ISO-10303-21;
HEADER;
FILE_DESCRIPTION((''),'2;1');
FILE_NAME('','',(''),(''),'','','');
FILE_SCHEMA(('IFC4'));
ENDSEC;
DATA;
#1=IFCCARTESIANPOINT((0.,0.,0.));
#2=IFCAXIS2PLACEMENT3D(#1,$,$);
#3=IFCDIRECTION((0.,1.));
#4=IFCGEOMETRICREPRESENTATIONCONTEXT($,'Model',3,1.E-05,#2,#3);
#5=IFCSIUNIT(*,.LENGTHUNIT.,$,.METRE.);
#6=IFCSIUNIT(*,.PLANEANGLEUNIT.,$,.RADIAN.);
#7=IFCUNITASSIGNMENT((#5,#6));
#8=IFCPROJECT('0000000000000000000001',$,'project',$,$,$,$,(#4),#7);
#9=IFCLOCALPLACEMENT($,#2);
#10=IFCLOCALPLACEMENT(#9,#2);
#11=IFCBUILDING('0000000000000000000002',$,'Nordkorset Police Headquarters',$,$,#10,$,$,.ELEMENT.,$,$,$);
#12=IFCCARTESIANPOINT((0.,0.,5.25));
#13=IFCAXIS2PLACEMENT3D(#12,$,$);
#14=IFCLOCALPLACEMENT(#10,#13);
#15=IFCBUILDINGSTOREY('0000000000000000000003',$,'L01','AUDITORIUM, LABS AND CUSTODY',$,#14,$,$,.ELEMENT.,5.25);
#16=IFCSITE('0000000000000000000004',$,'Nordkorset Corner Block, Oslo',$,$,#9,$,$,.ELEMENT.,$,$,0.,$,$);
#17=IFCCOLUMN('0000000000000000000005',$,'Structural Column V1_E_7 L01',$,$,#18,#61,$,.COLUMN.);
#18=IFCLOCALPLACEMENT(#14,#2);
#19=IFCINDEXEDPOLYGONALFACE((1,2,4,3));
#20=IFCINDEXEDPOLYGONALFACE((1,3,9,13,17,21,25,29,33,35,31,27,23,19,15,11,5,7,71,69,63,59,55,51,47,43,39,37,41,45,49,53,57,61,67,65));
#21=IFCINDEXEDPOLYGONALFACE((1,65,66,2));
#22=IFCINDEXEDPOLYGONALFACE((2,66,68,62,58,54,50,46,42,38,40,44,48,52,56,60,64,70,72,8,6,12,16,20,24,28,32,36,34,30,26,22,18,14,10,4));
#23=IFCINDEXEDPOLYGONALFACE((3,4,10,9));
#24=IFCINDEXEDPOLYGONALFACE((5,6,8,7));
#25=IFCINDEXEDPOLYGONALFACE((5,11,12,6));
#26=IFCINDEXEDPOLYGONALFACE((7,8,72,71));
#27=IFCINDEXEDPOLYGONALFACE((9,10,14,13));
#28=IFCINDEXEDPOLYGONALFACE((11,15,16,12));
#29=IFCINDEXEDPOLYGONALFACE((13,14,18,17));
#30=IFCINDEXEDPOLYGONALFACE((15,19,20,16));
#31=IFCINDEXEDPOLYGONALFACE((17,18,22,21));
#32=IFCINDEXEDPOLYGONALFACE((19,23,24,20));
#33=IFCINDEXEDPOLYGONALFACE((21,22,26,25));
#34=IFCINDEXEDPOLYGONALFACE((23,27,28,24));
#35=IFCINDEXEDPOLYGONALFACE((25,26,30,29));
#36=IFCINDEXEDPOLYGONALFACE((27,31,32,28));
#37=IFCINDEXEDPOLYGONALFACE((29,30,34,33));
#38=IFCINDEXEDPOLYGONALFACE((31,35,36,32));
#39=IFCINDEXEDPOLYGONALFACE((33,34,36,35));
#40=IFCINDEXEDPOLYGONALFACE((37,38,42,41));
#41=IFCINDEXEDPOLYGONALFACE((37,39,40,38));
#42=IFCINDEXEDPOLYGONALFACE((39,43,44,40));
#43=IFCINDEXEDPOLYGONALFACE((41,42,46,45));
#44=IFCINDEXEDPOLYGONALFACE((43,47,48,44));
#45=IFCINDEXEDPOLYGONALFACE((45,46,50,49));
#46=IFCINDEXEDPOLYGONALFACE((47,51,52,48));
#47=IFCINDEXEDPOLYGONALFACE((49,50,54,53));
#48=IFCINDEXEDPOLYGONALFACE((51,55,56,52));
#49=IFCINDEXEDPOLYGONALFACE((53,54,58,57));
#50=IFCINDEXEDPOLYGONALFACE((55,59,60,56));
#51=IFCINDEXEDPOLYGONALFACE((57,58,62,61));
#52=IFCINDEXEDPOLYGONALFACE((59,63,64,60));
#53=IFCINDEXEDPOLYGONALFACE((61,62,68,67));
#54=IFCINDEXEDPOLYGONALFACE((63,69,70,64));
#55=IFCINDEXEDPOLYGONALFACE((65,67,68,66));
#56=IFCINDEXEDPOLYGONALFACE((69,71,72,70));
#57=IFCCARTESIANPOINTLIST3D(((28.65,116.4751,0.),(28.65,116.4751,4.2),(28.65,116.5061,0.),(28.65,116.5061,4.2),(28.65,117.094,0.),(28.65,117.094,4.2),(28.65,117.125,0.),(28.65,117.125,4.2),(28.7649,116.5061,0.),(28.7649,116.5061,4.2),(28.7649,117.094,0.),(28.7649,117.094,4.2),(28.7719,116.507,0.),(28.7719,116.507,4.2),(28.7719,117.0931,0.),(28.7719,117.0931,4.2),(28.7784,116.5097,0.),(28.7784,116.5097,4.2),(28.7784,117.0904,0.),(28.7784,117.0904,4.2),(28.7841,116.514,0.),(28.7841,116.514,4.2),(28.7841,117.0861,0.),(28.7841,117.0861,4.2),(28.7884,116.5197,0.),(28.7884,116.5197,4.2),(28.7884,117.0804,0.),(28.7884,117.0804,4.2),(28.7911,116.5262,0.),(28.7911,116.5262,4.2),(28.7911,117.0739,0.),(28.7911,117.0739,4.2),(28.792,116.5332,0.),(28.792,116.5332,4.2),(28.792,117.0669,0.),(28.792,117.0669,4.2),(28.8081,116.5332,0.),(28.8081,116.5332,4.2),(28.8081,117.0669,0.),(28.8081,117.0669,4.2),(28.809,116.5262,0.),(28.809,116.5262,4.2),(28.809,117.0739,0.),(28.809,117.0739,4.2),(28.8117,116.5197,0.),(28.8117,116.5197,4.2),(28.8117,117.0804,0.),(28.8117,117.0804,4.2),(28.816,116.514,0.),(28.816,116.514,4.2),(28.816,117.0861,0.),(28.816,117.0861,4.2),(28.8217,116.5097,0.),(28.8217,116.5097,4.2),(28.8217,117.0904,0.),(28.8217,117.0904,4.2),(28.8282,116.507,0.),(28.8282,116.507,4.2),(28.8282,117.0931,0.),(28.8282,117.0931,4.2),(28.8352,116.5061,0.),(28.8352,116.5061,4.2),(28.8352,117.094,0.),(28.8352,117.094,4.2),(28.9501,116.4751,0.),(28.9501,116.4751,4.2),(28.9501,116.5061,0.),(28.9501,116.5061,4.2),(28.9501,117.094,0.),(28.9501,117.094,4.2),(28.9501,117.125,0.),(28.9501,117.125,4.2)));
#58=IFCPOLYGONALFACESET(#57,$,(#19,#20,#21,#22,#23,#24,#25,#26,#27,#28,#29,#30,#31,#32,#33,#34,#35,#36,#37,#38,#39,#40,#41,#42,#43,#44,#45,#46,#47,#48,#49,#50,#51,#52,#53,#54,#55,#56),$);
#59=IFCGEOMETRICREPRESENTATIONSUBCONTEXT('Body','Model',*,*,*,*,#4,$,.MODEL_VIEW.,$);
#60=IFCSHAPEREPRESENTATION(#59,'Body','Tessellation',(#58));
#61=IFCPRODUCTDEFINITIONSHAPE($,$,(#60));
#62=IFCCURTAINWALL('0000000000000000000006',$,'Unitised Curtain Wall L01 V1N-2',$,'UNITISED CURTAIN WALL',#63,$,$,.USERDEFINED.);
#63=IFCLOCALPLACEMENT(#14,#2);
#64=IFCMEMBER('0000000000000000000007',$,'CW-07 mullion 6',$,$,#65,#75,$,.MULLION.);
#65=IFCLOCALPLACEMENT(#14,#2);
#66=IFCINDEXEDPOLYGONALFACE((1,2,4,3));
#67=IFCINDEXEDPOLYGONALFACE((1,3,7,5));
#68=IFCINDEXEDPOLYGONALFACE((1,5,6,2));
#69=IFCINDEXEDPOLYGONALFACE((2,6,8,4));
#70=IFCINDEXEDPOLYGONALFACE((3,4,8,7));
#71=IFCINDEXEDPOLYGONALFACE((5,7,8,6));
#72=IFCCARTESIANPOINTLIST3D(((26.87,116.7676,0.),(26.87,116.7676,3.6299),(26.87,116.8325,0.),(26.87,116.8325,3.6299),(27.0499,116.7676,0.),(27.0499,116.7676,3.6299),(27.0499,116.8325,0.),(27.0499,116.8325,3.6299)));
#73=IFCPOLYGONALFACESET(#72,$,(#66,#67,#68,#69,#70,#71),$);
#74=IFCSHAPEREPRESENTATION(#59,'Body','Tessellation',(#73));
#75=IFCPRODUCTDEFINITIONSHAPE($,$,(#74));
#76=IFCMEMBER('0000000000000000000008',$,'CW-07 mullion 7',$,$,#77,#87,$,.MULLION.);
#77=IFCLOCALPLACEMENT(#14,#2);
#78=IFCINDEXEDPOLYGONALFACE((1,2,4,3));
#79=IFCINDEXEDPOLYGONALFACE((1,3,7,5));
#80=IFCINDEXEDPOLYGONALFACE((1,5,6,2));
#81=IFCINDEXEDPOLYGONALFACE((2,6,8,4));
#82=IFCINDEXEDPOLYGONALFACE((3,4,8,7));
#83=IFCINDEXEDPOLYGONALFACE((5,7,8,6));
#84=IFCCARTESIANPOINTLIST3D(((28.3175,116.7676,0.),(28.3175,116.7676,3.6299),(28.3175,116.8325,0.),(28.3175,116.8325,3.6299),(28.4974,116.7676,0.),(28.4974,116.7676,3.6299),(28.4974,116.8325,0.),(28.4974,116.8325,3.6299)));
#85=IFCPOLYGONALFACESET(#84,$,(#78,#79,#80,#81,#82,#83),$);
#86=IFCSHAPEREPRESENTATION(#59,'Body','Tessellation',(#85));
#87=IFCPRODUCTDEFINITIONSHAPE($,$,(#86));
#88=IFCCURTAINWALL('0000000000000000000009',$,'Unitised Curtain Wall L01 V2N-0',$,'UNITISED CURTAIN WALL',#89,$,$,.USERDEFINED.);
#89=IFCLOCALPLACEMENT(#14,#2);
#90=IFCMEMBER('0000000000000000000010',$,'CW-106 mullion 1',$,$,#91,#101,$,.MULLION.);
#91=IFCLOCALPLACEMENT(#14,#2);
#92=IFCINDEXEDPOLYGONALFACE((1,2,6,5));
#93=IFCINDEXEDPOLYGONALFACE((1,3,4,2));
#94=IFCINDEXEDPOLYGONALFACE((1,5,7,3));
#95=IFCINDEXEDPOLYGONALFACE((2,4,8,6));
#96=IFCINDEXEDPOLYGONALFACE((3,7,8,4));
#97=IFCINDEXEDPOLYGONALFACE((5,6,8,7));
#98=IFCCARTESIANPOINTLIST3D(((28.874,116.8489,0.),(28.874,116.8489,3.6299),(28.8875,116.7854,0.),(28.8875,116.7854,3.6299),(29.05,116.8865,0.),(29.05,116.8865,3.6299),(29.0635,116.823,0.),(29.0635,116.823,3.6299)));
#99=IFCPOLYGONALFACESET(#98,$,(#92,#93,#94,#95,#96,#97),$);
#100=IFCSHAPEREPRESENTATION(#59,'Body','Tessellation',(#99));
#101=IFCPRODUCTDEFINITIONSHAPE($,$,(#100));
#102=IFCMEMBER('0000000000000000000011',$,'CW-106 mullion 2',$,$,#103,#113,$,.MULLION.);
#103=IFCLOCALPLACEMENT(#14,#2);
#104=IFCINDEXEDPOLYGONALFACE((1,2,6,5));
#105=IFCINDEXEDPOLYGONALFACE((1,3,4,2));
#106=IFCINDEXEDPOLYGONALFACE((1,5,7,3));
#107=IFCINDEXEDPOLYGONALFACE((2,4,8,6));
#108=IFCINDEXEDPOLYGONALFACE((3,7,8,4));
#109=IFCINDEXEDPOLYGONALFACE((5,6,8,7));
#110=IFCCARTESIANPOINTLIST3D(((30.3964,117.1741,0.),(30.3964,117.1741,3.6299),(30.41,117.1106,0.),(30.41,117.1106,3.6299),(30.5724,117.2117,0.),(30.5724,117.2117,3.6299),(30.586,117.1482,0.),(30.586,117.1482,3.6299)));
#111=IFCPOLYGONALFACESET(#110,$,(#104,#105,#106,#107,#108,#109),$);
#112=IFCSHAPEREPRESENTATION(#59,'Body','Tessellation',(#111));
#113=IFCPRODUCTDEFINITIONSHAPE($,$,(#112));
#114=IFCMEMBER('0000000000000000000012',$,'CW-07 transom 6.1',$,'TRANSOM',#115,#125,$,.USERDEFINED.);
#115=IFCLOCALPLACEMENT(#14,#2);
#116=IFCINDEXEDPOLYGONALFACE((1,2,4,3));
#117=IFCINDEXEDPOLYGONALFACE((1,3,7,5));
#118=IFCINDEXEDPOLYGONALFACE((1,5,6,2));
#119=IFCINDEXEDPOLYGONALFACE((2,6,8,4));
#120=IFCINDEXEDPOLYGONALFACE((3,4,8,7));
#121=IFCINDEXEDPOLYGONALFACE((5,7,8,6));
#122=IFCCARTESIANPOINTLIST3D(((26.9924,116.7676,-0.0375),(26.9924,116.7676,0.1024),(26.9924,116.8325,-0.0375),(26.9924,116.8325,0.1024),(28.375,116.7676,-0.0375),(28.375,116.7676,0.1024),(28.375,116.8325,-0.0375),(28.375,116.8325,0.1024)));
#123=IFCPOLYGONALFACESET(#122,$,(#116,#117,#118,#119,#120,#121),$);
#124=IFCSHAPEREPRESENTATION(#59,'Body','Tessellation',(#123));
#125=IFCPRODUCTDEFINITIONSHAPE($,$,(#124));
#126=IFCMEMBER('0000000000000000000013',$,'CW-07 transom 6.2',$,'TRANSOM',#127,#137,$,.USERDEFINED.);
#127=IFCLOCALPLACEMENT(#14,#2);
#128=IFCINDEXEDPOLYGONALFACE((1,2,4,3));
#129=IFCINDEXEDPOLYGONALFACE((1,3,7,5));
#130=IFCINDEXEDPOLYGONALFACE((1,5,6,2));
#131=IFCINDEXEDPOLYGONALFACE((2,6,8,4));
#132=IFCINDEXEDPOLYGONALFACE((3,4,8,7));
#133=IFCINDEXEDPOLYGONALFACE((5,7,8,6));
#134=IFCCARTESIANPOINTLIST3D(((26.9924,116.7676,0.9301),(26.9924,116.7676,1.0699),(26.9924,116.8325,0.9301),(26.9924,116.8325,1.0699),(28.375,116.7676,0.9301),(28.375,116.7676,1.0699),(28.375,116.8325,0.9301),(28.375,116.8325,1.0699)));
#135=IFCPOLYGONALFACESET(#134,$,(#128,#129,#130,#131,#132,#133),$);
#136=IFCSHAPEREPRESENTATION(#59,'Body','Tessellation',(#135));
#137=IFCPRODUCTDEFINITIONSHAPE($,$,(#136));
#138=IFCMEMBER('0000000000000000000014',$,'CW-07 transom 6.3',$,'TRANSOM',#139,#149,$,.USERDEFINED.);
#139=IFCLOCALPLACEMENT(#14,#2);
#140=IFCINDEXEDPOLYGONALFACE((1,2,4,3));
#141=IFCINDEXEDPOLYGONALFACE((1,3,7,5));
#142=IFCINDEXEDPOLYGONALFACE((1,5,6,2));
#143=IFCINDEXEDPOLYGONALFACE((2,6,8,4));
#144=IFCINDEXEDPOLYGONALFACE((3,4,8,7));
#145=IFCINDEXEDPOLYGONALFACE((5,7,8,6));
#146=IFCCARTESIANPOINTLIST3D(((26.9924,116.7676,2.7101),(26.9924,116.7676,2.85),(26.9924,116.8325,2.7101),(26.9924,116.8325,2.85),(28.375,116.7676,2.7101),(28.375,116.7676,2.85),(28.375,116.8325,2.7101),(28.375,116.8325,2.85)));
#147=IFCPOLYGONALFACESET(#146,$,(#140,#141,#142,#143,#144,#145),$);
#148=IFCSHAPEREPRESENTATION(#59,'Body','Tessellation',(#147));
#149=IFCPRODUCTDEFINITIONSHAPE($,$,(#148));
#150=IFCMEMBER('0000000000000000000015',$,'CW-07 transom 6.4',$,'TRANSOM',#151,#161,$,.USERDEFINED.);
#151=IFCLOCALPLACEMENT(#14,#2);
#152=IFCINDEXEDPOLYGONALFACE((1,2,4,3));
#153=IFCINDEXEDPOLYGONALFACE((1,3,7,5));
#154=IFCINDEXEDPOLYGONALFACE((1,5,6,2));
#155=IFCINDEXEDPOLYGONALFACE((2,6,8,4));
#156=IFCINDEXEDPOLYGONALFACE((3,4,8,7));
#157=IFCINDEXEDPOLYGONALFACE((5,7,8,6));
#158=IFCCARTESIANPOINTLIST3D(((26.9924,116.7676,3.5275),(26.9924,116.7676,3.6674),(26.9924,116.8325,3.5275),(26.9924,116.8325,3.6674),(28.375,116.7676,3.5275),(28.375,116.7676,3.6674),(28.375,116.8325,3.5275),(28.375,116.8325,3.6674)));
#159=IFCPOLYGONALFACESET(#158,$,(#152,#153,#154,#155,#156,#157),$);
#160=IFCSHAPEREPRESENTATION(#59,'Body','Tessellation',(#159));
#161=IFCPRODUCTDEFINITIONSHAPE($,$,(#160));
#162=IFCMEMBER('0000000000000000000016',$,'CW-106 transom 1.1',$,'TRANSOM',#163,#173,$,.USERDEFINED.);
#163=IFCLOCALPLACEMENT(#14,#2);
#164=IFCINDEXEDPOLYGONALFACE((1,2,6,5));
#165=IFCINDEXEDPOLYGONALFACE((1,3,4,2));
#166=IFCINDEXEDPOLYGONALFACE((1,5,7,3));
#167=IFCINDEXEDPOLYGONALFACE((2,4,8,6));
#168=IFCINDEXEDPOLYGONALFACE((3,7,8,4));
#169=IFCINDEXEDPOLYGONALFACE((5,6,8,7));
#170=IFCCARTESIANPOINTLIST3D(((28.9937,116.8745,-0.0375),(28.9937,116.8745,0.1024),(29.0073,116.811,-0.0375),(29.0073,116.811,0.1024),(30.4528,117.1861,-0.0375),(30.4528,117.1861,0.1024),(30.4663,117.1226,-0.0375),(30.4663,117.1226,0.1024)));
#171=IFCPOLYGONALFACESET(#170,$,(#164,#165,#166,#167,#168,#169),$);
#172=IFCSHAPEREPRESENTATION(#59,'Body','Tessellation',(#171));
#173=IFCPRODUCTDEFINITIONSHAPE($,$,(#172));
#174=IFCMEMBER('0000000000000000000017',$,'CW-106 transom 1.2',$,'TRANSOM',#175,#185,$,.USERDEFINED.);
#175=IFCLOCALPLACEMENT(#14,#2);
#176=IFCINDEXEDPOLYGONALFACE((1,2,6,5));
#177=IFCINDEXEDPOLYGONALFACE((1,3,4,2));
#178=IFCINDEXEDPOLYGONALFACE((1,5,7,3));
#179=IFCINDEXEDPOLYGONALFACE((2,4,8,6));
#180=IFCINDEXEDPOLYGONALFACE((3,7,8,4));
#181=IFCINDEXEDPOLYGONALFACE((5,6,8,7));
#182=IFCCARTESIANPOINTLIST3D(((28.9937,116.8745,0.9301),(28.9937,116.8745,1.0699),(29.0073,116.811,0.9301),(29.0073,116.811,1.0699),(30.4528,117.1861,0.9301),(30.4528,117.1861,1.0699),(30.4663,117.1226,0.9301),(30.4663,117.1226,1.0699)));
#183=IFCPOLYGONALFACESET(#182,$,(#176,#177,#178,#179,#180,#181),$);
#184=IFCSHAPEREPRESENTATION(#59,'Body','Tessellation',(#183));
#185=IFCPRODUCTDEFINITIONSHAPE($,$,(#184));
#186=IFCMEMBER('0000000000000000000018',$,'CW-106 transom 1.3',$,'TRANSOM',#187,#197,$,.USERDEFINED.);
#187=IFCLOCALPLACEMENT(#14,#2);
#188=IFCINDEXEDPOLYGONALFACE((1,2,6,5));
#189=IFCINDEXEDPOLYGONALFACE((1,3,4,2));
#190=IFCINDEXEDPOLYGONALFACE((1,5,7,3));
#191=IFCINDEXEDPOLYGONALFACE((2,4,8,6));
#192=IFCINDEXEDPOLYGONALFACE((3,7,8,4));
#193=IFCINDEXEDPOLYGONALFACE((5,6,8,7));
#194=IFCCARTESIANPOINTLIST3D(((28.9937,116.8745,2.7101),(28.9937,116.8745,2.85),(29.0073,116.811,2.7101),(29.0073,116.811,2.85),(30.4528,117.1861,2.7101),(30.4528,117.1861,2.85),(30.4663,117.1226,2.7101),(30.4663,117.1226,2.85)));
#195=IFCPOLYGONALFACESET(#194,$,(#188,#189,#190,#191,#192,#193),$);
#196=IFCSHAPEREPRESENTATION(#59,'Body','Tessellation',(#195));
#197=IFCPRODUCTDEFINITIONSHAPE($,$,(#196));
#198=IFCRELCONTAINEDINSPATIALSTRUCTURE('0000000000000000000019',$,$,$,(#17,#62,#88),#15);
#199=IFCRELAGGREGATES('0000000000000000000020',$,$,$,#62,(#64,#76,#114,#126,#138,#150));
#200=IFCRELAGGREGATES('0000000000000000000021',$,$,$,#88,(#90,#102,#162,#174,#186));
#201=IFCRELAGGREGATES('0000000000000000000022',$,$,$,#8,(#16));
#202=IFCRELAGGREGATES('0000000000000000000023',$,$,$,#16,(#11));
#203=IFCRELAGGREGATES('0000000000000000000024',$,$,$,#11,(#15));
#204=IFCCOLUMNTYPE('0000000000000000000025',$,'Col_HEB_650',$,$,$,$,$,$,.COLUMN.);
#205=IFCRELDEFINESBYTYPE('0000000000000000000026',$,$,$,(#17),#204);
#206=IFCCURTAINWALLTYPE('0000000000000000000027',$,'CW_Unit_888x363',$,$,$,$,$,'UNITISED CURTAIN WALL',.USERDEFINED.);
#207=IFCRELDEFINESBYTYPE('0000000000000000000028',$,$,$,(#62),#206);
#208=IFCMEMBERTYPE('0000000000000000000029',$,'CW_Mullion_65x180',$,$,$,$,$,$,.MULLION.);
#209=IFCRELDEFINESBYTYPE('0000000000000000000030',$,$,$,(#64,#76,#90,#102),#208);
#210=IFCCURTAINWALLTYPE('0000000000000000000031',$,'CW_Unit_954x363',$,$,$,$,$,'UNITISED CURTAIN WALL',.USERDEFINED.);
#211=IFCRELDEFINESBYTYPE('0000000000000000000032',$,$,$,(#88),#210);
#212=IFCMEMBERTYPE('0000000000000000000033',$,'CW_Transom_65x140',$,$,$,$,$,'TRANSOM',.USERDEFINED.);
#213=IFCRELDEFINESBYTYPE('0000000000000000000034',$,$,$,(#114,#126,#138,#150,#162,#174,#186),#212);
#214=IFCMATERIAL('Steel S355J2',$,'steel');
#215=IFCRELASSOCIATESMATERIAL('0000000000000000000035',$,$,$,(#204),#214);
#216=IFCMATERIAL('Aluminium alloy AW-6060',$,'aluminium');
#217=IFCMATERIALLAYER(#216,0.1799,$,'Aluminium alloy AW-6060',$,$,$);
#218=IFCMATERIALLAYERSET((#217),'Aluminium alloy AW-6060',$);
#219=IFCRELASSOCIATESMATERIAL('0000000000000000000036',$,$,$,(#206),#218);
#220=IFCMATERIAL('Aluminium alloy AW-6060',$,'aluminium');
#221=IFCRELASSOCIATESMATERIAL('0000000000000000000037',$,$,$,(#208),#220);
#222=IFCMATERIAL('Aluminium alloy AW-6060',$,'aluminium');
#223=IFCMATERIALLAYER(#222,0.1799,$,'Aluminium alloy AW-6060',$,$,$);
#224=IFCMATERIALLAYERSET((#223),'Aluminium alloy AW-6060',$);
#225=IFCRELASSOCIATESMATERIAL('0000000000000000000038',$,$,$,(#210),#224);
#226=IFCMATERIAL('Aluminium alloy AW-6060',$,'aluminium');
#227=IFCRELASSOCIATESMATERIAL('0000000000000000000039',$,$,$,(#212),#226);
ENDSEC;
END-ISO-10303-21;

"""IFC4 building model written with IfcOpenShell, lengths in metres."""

from ifc_helpers import new_model, si_unit, direction, frame, origin, origin_2d, place, context, subcontext, project, spatial, rectangle, i_section, extrude, material, layer, layer_set, material_profile, profile_set, type_object, element, aggregate, save


model = new_model("IFC4")

# Units and contexts
model_context = context("Model", 3, precision=1e-05, world=origin(), true_north=direction((0.0, 1.0)))
body_context = subcontext(model_context, "Body", "Model", "MODEL_VIEW")
ifc_project = project(units=[si_unit("LENGTHUNIT", "METRE"), si_unit("PLANEANGLEUNIT", "RADIAN")], contexts=[model_context])

# Site, building, storey
site_placement = place(None, origin())
site = spatial("IfcSite", under=ifc_project, at=site_placement, Name="Nordkorset Corner Block, Oslo", CompositionType="ELEMENT", RefElevation=0.0)
building_placement = place(site_placement, origin())
building = spatial("IfcBuilding", under=site, at=building_placement, Name="Nordkorset Police Headquarters", CompositionType="ELEMENT")
storey_placement = place(building_placement, frame((0.0, 0.0, 5.25)))
storey = spatial("IfcBuildingStorey", under=building, at=storey_placement, Name="L01", Description="AUDITORIUM, LABS AND CUSTODY", CompositionType="ELEMENT", Elevation=5.25)

# Column
ifc_material_1 = material(Name="Steel S355J2", Category="steel")
ifc_material_profile_1 = material_profile(ifc_material_1, i_section(OverallWidth=0.3, OverallDepth=0.6499, WebThickness=0.0161, FlangeThickness=0.031, FilletRadius=0.0271, at=origin_2d()), Name="HEB 650")
ifc_profile_set_1 = profile_set([ifc_material_profile_1], Name="Steel S355J2")
column_type = type_object("IfcColumnType", Name="Col_HEB_650", PredefinedType="COLUMN", material=ifc_profile_set_1)
column_placement = place(storey_placement, frame((28.8, 116.8, 0.0), z_axis=(0.0, 0.0, 1.0), x_axis=(1.0, 0.0, 0.0)))
element("IfcColumn", 1, at=column_placement, inside=storey, type_object=column_type, Name="Structural Column V1_E_7 L01", PredefinedType="COLUMN", context=body_context, shape_type="SweptSolid", body=[
    extrude(i_section(OverallWidth=0.3, OverallDepth=0.6499, WebThickness=0.0161, FlangeThickness=0.031, FilletRadius=0.0271, at=origin_2d()), origin(), (0.0, 0.0, 1.0), 4.2),
])

# Curtain walls, members
ifc_material_2 = material(Name="Aluminium alloy AW-6060", Category="aluminium")
ifc_layer_1 = layer(ifc_material_2, 0.1799, Name="Aluminium alloy AW-6060")
ifc_layer_set_1 = layer_set([ifc_layer_1], Name="Aluminium alloy AW-6060")
curtain_wall_type_1 = type_object("IfcCurtainWallType", Name="CW_Unit_888x363", ElementType="UNITISED CURTAIN WALL", PredefinedType="USERDEFINED", material=ifc_layer_set_1)
curtain_wall_1_placement = place(storey_placement, origin())
curtain_wall_1 = element("IfcCurtainWall", 2, at=curtain_wall_1_placement, inside=storey, type_object=curtain_wall_type_1, Name="Unitised Curtain Wall L01 V1N-2", ObjectType="UNITISED CURTAIN WALL", PredefinedType="USERDEFINED")
ifc_material_3 = material(Name="Aluminium alloy AW-6060", Category="aluminium")
ifc_material_profile_2 = material_profile(ifc_material_3, rectangle(XDim=0.0649, YDim=0.1799, at=origin_2d()), Name="ALU MULL 65x180")
ifc_profile_set_2 = profile_set([ifc_material_profile_2], Name="Aluminium alloy AW-6060")
member_type_1 = type_object("IfcMemberType", Name="CW_Mullion_65x180", PredefinedType="MULLION", material=ifc_profile_set_2)
member_1_placement = place(storey_placement, frame((26.96, 116.8, 0.0), z_axis=(0.0, 0.0, 1.0), x_axis=(0.0, 1.0, 0.0)))
member_1 = element("IfcMember", 3, at=member_1_placement, type_object=member_type_1, Name="CW-07 mullion 6", PredefinedType="MULLION", context=body_context, shape_type="SweptSolid", body=[
    extrude(rectangle(XDim=0.0649, YDim=0.1799, at=origin_2d()), origin(), (0.0, 0.0, 1.0), 3.6299),
])
member_2_placement = place(storey_placement, frame((28.4075, 116.8, 0.0), z_axis=(0.0, 0.0, 1.0), x_axis=(0.0, 1.0, 0.0)))
member_2 = element("IfcMember", 4, at=member_2_placement, type_object=member_type_1, Name="CW-07 mullion 7", PredefinedType="MULLION", context=body_context, shape_type="SweptSolid", body=[
    extrude(rectangle(XDim=0.0649, YDim=0.1799, at=origin_2d()), origin(), (0.0, 0.0, 1.0), 3.6299),
])
ifc_material_4 = material(Name="Aluminium alloy AW-6060", Category="aluminium")
ifc_layer_2 = layer(ifc_material_4, 0.1799, Name="Aluminium alloy AW-6060")
ifc_layer_set_2 = layer_set([ifc_layer_2], Name="Aluminium alloy AW-6060")
curtain_wall_type_2 = type_object("IfcCurtainWallType", Name="CW_Unit_954x363", ElementType="UNITISED CURTAIN WALL", PredefinedType="USERDEFINED", material=ifc_layer_set_2)
curtain_wall_2_placement = place(storey_placement, origin())
curtain_wall_2 = element("IfcCurtainWall", 5, at=curtain_wall_2_placement, inside=storey, type_object=curtain_wall_type_2, Name="Unitised Curtain Wall L01 V2N-0", ObjectType="UNITISED CURTAIN WALL", PredefinedType="USERDEFINED")
member_3_placement = place(storey_placement, frame((28.9688, 116.8359, 0.0), z_axis=(0.0, 0.0, 1.0), x_axis=(-0.208833, 0.977951, 0.0)))
member_3 = element("IfcMember", 6, at=member_3_placement, type_object=member_type_1, Name="CW-106 mullion 1", PredefinedType="MULLION", context=body_context, shape_type="SweptSolid", body=[
    extrude(rectangle(XDim=0.0649, YDim=0.1799, at=origin_2d()), origin(), (0.0, 0.0, 1.0), 3.6299),
])
member_4_placement = place(storey_placement, frame((30.4912, 117.1611, 0.0), z_axis=(0.0, 0.0, 1.0), x_axis=(-0.208833, 0.977951, 0.0)))
member_4 = element("IfcMember", 7, at=member_4_placement, type_object=member_type_1, Name="CW-106 mullion 2", PredefinedType="MULLION", context=body_context, shape_type="SweptSolid", body=[
    extrude(rectangle(XDim=0.0649, YDim=0.1799, at=origin_2d()), origin(), (0.0, 0.0, 1.0), 3.6299),
])

# Members
ifc_material_5 = material(Name="Aluminium alloy AW-6060", Category="aluminium")
ifc_material_profile_3 = material_profile(ifc_material_5, rectangle(XDim=0.0649, YDim=0.1399, at=origin_2d()), Name="ALU TRAN 65x140")
ifc_profile_set_3 = profile_set([ifc_material_profile_3], Name="Aluminium alloy AW-6060")
member_type_2 = type_object("IfcMemberType", Name="CW_Transom_65x140", ElementType="TRANSOM", PredefinedType="USERDEFINED", material=ifc_profile_set_3)
member_5_placement = place(storey_placement, frame((26.9924, 116.8, 0.0325), z_axis=(1.0, 0.0, 0.0), x_axis=(0.0, 1.0, 0.0)))
member_5 = element("IfcMember", 8, at=member_5_placement, type_object=member_type_2, Name="CW-07 transom 6.1", ObjectType="TRANSOM", PredefinedType="USERDEFINED", context=body_context, shape_type="SweptSolid", body=[
    extrude(rectangle(XDim=0.0649, YDim=0.1399, at=origin_2d()), origin(), (0.0, 0.0, 1.0), 1.3826),
])
member_6_placement = place(storey_placement, frame((26.9924, 116.8, 1.0), z_axis=(1.0, 0.0, 0.0), x_axis=(0.0, 1.0, 0.0)))
member_6 = element("IfcMember", 9, at=member_6_placement, type_object=member_type_2, Name="CW-07 transom 6.2", ObjectType="TRANSOM", PredefinedType="USERDEFINED", context=body_context, shape_type="SweptSolid", body=[
    extrude(rectangle(XDim=0.0649, YDim=0.1399, at=origin_2d()), origin(), (0.0, 0.0, 1.0), 1.3826),
])
member_7_placement = place(storey_placement, frame((26.9924, 116.8, 2.78), z_axis=(1.0, 0.0, 0.0), x_axis=(0.0, 1.0, 0.0)))
member_7 = element("IfcMember", 10, at=member_7_placement, type_object=member_type_2, Name="CW-07 transom 6.3", ObjectType="TRANSOM", PredefinedType="USERDEFINED", context=body_context, shape_type="SweptSolid", body=[
    extrude(rectangle(XDim=0.0649, YDim=0.1399, at=origin_2d()), origin(), (0.0, 0.0, 1.0), 1.3826),
])
member_8_placement = place(storey_placement, frame((26.9924, 116.8, 3.5974), z_axis=(1.0, 0.0, 0.0), x_axis=(0.0, 1.0, 0.0)))
member_8 = element("IfcMember", 11, at=member_8_placement, type_object=member_type_2, Name="CW-07 transom 6.4", ObjectType="TRANSOM", PredefinedType="USERDEFINED", context=body_context, shape_type="SweptSolid", body=[
    extrude(rectangle(XDim=0.0649, YDim=0.1399, at=origin_2d()), origin(), (0.0, 0.0, 1.0), 1.3826),
])
member_9_placement = place(storey_placement, frame((29.0005, 116.8428, 0.0325), z_axis=(0.977955, 0.208814, 0.0), x_axis=(-0.208814, 0.977955, 0.0)))
member_9 = element("IfcMember", 12, at=member_9_placement, type_object=member_type_2, Name="CW-106 transom 1.1", ObjectType="TRANSOM", PredefinedType="USERDEFINED", context=body_context, shape_type="SweptSolid", body=[
    extrude(rectangle(XDim=0.0649, YDim=0.1399, at=origin_2d()), origin(), (0.0, 0.0, 1.0), 1.4919),
])
member_10_placement = place(storey_placement, frame((29.0005, 116.8428, 1.0), z_axis=(0.977955, 0.208814, 0.0), x_axis=(-0.208814, 0.977955, 0.0)))
member_10 = element("IfcMember", 13, at=member_10_placement, type_object=member_type_2, Name="CW-106 transom 1.2", ObjectType="TRANSOM", PredefinedType="USERDEFINED", context=body_context, shape_type="SweptSolid", body=[
    extrude(rectangle(XDim=0.0649, YDim=0.1399, at=origin_2d()), origin(), (0.0, 0.0, 1.0), 1.4919),
])
member_11_placement = place(storey_placement, frame((29.0005, 116.8428, 2.78), z_axis=(0.977955, 0.208814, 0.0), x_axis=(-0.208814, 0.977955, 0.0)))
member_11 = element("IfcMember", 14, at=member_11_placement, type_object=member_type_2, Name="CW-106 transom 1.3", ObjectType="TRANSOM", PredefinedType="USERDEFINED", context=body_context, shape_type="SweptSolid", body=[
    extrude(rectangle(XDim=0.0649, YDim=0.1399, at=origin_2d()), origin(), (0.0, 0.0, 1.0), 1.4919),
])

aggregate(curtain_wall_1, [member_1, member_2, member_5, member_6, member_7, member_8])
aggregate(curtain_wall_2, [member_3, member_4, member_9, member_10, member_11])

save(model, "model.ifc")
